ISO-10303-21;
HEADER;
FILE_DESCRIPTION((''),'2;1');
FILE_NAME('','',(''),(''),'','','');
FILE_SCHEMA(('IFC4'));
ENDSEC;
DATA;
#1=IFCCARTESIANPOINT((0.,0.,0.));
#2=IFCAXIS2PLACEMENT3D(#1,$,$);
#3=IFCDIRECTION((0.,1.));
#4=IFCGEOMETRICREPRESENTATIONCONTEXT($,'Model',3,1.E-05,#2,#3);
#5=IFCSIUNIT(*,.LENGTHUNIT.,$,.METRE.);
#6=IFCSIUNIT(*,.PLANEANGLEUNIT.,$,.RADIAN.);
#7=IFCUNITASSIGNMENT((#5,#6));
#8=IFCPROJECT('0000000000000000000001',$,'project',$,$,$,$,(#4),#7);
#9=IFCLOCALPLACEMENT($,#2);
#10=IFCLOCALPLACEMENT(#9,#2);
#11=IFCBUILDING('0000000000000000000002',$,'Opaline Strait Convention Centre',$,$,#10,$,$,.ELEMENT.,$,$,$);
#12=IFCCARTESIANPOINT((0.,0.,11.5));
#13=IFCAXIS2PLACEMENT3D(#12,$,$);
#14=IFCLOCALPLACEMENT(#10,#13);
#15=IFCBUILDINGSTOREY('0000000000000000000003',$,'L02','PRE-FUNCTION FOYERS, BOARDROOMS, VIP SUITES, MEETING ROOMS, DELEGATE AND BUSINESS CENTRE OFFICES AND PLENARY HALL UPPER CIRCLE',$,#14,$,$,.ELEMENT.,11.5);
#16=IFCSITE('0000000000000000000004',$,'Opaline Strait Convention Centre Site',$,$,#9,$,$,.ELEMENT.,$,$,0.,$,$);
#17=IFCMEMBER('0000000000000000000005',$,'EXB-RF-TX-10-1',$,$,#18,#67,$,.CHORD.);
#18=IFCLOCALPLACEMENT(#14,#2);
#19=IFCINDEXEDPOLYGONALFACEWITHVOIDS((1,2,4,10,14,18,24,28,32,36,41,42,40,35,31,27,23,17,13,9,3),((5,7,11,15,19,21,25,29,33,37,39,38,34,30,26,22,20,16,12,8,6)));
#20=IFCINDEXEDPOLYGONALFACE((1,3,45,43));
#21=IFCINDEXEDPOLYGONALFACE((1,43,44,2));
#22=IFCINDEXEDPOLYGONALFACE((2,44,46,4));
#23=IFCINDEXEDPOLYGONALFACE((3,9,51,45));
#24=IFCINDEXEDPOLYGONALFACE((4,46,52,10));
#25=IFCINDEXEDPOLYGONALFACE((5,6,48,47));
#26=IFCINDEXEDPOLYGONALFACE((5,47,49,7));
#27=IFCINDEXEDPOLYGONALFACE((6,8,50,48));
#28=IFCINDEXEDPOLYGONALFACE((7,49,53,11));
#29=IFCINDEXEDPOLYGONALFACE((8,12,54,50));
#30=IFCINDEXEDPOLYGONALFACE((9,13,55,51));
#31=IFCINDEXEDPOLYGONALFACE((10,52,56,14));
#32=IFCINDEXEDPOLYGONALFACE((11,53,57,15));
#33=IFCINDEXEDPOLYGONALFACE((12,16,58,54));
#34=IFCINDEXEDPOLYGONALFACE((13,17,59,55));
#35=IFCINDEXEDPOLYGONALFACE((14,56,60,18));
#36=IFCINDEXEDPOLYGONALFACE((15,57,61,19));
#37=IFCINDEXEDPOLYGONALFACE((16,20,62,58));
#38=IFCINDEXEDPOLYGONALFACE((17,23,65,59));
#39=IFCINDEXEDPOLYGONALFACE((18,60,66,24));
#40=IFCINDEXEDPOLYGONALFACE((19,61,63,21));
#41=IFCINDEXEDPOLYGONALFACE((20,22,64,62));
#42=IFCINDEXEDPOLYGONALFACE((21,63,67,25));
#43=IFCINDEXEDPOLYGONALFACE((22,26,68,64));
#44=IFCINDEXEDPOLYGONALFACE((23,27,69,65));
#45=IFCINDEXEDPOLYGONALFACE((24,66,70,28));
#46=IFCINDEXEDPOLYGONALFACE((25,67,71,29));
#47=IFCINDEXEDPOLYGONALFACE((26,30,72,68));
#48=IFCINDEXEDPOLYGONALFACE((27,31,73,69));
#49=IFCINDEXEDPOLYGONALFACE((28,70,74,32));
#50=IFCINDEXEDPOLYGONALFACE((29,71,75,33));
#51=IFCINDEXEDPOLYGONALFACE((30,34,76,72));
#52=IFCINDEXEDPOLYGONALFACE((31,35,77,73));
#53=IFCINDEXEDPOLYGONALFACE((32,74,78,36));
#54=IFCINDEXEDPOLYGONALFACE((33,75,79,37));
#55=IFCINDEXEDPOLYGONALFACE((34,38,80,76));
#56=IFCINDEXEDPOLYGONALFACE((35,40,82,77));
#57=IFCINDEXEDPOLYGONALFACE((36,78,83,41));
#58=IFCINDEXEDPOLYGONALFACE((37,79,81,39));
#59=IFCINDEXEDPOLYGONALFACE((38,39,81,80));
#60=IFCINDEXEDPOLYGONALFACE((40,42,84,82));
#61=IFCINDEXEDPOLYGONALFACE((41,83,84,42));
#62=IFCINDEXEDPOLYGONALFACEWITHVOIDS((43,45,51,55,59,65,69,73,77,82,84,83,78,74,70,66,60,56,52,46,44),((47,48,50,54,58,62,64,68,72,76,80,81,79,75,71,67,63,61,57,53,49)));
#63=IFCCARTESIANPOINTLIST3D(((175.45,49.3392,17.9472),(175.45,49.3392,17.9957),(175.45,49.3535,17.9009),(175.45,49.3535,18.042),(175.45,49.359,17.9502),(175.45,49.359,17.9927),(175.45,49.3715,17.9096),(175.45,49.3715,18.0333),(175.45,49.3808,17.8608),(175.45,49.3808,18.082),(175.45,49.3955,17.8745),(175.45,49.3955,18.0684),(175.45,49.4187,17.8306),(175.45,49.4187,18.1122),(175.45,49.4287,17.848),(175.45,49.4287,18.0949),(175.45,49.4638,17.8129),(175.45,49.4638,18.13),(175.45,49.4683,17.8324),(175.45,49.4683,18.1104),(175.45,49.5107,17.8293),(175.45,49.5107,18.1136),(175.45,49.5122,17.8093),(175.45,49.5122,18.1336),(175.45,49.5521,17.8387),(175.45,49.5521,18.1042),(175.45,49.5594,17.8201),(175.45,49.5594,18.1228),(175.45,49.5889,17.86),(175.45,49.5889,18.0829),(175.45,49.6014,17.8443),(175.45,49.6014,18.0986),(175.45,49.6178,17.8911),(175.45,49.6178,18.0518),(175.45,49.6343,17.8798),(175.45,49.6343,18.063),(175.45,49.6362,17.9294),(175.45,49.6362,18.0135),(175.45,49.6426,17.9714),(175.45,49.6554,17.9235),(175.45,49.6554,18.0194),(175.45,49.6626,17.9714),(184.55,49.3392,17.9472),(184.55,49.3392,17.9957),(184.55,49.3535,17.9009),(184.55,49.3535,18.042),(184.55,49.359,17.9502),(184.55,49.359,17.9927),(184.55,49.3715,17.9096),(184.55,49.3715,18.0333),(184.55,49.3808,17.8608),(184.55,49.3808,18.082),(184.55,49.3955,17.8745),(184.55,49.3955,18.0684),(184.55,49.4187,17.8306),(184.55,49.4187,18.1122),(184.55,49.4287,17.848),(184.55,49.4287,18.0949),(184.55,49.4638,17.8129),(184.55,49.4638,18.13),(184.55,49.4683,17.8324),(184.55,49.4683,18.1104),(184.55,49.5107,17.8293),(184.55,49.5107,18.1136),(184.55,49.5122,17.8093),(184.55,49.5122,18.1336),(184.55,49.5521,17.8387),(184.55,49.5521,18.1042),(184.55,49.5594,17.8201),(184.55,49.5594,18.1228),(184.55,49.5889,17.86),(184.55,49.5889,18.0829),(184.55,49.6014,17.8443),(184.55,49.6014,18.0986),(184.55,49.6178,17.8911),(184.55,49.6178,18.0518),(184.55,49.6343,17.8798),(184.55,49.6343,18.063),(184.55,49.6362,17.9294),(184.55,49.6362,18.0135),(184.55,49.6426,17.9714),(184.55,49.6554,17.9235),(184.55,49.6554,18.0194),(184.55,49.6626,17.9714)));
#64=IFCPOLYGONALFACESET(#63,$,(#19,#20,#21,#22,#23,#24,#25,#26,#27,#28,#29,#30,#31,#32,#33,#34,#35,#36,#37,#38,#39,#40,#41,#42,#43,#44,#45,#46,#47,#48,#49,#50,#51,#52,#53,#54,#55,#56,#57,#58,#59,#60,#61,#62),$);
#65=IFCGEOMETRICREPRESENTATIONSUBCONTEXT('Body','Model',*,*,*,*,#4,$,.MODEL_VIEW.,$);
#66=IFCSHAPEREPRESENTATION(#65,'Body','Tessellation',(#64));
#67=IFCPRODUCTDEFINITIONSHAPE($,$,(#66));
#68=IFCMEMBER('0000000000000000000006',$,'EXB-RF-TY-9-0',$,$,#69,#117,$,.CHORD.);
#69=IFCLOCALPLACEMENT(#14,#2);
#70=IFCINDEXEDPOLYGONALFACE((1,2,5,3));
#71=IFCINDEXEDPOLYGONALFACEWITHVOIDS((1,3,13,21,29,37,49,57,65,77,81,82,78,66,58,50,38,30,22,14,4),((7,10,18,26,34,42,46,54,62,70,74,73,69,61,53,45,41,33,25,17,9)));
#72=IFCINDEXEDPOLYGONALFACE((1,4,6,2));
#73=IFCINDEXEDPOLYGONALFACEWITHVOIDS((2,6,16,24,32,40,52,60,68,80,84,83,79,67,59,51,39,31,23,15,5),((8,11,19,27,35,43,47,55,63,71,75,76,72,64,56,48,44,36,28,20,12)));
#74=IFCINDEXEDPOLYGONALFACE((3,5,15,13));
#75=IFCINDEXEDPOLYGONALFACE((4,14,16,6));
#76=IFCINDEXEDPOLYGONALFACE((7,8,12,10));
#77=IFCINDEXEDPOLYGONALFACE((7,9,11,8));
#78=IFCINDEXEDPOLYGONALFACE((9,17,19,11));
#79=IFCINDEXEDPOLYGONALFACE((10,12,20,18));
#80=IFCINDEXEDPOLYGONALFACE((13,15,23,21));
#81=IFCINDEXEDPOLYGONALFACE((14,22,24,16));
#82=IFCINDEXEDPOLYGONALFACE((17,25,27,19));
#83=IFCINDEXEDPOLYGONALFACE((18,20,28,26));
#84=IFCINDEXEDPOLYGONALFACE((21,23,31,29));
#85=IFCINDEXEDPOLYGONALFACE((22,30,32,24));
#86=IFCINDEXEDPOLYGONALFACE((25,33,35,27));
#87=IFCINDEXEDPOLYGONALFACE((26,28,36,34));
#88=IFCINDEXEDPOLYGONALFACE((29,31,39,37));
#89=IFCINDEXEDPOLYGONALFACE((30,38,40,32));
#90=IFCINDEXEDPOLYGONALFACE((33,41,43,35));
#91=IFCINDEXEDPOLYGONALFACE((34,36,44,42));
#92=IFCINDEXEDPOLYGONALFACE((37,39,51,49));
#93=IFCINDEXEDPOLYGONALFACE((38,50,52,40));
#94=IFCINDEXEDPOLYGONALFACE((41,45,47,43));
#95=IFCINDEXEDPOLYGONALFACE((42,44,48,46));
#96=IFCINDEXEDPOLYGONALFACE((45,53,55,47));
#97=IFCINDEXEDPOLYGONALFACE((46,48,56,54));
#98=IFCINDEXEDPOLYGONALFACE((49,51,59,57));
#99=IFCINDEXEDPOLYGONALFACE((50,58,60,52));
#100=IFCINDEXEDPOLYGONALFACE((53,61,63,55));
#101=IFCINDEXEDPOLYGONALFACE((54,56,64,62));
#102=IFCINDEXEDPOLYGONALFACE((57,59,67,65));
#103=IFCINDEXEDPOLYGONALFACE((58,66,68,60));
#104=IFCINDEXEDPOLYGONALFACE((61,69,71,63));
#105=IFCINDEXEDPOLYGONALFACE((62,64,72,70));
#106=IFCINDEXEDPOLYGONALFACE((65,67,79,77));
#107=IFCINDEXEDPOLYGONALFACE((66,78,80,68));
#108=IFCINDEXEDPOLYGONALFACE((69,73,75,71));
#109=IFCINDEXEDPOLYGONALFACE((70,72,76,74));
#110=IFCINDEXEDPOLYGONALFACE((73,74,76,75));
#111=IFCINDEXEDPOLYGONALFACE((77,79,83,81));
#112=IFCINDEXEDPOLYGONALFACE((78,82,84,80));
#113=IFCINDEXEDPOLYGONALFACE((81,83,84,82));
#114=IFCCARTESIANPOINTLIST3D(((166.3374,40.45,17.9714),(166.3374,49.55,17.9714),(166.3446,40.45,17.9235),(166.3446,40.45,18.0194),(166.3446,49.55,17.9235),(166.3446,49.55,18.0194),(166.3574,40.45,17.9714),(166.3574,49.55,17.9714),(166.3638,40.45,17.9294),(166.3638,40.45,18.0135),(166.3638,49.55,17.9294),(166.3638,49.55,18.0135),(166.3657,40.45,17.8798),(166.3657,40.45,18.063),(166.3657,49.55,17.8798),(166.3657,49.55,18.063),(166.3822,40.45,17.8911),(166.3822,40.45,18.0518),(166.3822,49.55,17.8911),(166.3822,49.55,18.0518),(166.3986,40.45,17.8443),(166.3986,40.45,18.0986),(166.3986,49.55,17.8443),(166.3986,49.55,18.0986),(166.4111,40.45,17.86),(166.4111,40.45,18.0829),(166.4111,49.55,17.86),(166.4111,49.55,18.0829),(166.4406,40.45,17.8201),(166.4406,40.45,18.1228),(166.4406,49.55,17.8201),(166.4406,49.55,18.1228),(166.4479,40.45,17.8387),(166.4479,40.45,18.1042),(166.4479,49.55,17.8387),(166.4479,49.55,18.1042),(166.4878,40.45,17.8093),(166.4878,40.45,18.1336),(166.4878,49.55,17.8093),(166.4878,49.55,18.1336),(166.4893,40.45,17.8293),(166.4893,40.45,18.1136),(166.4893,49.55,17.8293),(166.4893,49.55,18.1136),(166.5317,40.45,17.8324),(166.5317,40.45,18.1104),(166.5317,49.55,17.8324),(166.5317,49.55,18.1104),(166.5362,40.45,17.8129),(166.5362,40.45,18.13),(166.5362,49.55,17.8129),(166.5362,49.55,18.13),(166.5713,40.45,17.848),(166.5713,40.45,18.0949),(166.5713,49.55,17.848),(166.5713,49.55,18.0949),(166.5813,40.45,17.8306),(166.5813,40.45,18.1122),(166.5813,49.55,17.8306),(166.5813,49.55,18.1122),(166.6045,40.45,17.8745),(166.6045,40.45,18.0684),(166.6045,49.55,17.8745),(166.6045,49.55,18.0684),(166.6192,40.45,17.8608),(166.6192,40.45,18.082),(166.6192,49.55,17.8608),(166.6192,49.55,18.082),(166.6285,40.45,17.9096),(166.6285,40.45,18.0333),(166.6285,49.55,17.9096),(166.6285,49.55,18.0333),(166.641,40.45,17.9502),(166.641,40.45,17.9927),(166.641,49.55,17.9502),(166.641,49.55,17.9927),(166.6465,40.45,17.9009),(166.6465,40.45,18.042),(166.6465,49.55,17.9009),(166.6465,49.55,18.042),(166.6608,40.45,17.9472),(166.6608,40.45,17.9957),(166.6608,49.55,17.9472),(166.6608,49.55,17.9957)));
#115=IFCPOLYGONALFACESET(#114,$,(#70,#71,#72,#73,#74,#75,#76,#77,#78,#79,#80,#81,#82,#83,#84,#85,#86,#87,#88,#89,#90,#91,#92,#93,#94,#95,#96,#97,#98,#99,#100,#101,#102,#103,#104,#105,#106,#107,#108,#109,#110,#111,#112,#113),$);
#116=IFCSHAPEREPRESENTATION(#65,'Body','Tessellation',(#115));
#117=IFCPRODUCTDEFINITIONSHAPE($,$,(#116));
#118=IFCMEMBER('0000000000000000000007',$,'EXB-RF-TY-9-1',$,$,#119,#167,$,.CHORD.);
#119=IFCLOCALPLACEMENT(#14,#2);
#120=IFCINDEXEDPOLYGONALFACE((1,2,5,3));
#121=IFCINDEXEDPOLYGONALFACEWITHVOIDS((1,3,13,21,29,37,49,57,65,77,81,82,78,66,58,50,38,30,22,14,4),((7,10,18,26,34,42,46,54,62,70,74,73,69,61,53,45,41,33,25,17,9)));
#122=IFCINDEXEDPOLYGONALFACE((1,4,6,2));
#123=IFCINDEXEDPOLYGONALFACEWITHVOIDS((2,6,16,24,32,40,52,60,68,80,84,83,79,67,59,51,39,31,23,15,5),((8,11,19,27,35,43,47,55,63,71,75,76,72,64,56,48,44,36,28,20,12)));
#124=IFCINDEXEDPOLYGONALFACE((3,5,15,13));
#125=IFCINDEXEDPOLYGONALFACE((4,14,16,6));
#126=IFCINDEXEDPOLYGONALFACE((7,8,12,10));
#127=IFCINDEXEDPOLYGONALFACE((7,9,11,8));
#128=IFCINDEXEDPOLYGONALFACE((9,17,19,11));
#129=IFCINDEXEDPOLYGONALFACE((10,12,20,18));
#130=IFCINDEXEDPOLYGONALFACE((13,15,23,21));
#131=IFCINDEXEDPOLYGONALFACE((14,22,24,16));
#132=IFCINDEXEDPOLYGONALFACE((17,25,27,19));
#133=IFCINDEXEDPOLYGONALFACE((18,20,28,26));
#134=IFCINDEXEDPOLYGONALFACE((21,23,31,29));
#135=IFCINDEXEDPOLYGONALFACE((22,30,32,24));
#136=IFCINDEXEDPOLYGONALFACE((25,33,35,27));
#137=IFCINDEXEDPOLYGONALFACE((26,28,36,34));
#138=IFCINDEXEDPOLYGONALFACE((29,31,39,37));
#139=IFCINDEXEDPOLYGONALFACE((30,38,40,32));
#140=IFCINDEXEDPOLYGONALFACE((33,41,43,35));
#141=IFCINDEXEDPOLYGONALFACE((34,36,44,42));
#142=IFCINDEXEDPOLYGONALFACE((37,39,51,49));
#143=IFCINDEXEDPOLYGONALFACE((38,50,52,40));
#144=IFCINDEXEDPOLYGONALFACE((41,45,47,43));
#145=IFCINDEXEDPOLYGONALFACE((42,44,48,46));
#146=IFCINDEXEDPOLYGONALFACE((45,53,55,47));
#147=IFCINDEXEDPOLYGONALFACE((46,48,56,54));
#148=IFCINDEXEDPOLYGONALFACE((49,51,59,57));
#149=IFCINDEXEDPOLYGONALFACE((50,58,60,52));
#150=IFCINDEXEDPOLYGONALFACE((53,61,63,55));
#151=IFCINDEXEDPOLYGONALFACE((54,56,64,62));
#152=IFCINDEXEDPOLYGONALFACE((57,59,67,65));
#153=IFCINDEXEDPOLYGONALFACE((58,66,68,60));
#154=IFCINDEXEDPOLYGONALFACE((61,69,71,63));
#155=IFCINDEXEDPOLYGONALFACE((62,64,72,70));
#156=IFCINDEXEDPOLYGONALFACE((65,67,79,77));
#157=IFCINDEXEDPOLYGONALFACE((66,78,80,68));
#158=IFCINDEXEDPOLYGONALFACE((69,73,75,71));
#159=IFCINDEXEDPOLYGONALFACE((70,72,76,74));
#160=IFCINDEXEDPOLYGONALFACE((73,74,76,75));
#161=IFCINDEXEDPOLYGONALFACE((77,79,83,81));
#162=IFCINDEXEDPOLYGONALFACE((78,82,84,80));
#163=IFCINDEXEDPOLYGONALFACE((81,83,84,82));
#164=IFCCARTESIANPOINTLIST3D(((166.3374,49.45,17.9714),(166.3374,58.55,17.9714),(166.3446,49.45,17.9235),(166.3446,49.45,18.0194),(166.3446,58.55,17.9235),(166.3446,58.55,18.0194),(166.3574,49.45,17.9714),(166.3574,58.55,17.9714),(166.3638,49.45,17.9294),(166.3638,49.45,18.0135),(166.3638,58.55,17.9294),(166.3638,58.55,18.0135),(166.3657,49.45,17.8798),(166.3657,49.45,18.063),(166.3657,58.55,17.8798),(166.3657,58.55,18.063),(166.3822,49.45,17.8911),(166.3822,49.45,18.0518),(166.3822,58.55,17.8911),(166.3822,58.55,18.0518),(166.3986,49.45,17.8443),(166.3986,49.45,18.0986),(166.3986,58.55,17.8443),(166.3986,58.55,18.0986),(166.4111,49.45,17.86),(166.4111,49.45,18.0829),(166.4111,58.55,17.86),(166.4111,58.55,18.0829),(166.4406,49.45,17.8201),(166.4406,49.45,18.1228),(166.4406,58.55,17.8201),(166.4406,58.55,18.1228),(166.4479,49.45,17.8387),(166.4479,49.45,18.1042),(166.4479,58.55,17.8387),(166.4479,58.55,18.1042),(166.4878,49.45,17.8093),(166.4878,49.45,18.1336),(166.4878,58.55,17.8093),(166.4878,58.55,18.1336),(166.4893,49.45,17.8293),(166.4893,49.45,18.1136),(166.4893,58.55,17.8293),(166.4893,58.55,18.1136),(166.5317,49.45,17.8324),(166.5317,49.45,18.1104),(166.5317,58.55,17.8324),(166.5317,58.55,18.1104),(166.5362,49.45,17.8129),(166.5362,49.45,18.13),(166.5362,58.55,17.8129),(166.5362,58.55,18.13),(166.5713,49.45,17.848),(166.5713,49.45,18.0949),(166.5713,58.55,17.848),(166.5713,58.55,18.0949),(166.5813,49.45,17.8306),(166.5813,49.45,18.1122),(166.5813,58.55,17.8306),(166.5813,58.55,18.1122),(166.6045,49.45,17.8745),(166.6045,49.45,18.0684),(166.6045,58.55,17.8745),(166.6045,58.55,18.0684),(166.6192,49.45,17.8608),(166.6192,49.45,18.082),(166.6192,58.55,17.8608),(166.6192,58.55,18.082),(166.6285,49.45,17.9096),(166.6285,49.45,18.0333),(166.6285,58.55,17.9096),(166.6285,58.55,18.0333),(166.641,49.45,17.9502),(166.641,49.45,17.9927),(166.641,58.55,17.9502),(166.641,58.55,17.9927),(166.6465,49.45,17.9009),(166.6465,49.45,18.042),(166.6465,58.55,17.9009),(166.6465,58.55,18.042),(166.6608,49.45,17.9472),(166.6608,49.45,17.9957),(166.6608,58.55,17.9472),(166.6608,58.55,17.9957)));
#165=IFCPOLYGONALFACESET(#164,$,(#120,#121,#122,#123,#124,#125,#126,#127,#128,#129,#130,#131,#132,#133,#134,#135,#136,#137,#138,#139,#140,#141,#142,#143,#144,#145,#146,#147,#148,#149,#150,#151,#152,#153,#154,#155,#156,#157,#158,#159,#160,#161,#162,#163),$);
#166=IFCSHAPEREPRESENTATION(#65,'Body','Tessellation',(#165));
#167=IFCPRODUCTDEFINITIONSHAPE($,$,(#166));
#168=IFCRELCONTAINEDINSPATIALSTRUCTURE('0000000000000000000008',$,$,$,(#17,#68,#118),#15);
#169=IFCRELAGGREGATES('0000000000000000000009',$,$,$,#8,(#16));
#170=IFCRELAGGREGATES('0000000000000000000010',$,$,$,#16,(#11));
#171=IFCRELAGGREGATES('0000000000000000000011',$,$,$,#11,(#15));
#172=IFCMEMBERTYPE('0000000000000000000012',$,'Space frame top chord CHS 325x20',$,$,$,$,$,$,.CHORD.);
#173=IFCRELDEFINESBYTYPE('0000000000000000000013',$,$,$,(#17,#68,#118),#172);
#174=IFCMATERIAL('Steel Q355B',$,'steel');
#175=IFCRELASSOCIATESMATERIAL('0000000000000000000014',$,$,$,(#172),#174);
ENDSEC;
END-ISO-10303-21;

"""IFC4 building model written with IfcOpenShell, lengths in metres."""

from ifc_helpers import new_model, si_unit, direction, frame, origin, origin_2d, place, context, subcontext, project, spatial, hollow_circle, extrude, material, material_profile, profile_set, type_object, element, save


model = new_model("IFC4")

# Units and contexts
model_context = context("Model", 3, precision=1e-05, world=origin(), true_north=direction((0.0, 1.0)))
body_context = subcontext(model_context, "Body", "Model", "MODEL_VIEW")
ifc_project = project(units=[si_unit("LENGTHUNIT", "METRE"), si_unit("PLANEANGLEUNIT", "RADIAN")], contexts=[model_context])

# Site, building, storey
site_placement = place(None, origin())
site = spatial("IfcSite", under=ifc_project, at=site_placement, Name="Opaline Strait Convention Centre Site", CompositionType="ELEMENT", RefElevation=0.0)
building_placement = place(site_placement, origin())
building = spatial("IfcBuilding", under=site, at=building_placement, Name="Opaline Strait Convention Centre", CompositionType="ELEMENT")
storey_placement = place(building_placement, frame((0.0, 0.0, 11.5)))
storey = spatial("IfcBuildingStorey", under=building, at=storey_placement, Name="L02", Description="PRE-FUNCTION FOYERS, BOARDROOMS, VIP SUITES, MEETING ROOMS, DELEGATE AND BUSINESS CENTRE OFFICES AND PLENARY HALL UPPER CIRCLE", CompositionType="ELEMENT", Elevation=11.5)

# Members
ifc_material_1 = material(Name="Steel Q355B", Category="steel")
ifc_material_profile_1 = material_profile(ifc_material_1, hollow_circle(Radius=0.1626, WallThickness=0.02, at=origin_2d()), Name="CHS 325x20")
ifc_profile_set_1 = profile_set([ifc_material_profile_1], Name="Steel Q355B")
member_type_1 = type_object("IfcMemberType", Name="Space frame top chord CHS 325x20", PredefinedType="CHORD", material=ifc_profile_set_1)
for number, where, z_axis, x_axis, name in (
    (1, (175.45, 49.5, 17.9714), (1.0, 0.0, 0.0), (0.0, 1.0, 0.0), "EXB-RF-TX-10-1"),
    (2, (166.5, 40.45, 17.9714), (0.0, 1.0, 0.0), (-1.0, 0.0, 0.0), "EXB-RF-TY-9-0"),
    (3, (166.5, 49.45, 17.9714), (0.0, 1.0, 0.0), (-1.0, 0.0, 0.0), "EXB-RF-TY-9-1"),
):
    element("IfcMember", number, at=place(storey_placement, frame(where, z_axis=z_axis, x_axis=x_axis)), inside=storey, type_object=member_type_1, Name=name, PredefinedType="CHORD", context=body_context, shape_type="SweptSolid", body=[
        extrude(hollow_circle(Radius=0.1626, WallThickness=0.02, at=origin_2d()), origin(), (0.0, 0.0, 1.0), 9.1001),
    ])

save(model, "model.ifc")
